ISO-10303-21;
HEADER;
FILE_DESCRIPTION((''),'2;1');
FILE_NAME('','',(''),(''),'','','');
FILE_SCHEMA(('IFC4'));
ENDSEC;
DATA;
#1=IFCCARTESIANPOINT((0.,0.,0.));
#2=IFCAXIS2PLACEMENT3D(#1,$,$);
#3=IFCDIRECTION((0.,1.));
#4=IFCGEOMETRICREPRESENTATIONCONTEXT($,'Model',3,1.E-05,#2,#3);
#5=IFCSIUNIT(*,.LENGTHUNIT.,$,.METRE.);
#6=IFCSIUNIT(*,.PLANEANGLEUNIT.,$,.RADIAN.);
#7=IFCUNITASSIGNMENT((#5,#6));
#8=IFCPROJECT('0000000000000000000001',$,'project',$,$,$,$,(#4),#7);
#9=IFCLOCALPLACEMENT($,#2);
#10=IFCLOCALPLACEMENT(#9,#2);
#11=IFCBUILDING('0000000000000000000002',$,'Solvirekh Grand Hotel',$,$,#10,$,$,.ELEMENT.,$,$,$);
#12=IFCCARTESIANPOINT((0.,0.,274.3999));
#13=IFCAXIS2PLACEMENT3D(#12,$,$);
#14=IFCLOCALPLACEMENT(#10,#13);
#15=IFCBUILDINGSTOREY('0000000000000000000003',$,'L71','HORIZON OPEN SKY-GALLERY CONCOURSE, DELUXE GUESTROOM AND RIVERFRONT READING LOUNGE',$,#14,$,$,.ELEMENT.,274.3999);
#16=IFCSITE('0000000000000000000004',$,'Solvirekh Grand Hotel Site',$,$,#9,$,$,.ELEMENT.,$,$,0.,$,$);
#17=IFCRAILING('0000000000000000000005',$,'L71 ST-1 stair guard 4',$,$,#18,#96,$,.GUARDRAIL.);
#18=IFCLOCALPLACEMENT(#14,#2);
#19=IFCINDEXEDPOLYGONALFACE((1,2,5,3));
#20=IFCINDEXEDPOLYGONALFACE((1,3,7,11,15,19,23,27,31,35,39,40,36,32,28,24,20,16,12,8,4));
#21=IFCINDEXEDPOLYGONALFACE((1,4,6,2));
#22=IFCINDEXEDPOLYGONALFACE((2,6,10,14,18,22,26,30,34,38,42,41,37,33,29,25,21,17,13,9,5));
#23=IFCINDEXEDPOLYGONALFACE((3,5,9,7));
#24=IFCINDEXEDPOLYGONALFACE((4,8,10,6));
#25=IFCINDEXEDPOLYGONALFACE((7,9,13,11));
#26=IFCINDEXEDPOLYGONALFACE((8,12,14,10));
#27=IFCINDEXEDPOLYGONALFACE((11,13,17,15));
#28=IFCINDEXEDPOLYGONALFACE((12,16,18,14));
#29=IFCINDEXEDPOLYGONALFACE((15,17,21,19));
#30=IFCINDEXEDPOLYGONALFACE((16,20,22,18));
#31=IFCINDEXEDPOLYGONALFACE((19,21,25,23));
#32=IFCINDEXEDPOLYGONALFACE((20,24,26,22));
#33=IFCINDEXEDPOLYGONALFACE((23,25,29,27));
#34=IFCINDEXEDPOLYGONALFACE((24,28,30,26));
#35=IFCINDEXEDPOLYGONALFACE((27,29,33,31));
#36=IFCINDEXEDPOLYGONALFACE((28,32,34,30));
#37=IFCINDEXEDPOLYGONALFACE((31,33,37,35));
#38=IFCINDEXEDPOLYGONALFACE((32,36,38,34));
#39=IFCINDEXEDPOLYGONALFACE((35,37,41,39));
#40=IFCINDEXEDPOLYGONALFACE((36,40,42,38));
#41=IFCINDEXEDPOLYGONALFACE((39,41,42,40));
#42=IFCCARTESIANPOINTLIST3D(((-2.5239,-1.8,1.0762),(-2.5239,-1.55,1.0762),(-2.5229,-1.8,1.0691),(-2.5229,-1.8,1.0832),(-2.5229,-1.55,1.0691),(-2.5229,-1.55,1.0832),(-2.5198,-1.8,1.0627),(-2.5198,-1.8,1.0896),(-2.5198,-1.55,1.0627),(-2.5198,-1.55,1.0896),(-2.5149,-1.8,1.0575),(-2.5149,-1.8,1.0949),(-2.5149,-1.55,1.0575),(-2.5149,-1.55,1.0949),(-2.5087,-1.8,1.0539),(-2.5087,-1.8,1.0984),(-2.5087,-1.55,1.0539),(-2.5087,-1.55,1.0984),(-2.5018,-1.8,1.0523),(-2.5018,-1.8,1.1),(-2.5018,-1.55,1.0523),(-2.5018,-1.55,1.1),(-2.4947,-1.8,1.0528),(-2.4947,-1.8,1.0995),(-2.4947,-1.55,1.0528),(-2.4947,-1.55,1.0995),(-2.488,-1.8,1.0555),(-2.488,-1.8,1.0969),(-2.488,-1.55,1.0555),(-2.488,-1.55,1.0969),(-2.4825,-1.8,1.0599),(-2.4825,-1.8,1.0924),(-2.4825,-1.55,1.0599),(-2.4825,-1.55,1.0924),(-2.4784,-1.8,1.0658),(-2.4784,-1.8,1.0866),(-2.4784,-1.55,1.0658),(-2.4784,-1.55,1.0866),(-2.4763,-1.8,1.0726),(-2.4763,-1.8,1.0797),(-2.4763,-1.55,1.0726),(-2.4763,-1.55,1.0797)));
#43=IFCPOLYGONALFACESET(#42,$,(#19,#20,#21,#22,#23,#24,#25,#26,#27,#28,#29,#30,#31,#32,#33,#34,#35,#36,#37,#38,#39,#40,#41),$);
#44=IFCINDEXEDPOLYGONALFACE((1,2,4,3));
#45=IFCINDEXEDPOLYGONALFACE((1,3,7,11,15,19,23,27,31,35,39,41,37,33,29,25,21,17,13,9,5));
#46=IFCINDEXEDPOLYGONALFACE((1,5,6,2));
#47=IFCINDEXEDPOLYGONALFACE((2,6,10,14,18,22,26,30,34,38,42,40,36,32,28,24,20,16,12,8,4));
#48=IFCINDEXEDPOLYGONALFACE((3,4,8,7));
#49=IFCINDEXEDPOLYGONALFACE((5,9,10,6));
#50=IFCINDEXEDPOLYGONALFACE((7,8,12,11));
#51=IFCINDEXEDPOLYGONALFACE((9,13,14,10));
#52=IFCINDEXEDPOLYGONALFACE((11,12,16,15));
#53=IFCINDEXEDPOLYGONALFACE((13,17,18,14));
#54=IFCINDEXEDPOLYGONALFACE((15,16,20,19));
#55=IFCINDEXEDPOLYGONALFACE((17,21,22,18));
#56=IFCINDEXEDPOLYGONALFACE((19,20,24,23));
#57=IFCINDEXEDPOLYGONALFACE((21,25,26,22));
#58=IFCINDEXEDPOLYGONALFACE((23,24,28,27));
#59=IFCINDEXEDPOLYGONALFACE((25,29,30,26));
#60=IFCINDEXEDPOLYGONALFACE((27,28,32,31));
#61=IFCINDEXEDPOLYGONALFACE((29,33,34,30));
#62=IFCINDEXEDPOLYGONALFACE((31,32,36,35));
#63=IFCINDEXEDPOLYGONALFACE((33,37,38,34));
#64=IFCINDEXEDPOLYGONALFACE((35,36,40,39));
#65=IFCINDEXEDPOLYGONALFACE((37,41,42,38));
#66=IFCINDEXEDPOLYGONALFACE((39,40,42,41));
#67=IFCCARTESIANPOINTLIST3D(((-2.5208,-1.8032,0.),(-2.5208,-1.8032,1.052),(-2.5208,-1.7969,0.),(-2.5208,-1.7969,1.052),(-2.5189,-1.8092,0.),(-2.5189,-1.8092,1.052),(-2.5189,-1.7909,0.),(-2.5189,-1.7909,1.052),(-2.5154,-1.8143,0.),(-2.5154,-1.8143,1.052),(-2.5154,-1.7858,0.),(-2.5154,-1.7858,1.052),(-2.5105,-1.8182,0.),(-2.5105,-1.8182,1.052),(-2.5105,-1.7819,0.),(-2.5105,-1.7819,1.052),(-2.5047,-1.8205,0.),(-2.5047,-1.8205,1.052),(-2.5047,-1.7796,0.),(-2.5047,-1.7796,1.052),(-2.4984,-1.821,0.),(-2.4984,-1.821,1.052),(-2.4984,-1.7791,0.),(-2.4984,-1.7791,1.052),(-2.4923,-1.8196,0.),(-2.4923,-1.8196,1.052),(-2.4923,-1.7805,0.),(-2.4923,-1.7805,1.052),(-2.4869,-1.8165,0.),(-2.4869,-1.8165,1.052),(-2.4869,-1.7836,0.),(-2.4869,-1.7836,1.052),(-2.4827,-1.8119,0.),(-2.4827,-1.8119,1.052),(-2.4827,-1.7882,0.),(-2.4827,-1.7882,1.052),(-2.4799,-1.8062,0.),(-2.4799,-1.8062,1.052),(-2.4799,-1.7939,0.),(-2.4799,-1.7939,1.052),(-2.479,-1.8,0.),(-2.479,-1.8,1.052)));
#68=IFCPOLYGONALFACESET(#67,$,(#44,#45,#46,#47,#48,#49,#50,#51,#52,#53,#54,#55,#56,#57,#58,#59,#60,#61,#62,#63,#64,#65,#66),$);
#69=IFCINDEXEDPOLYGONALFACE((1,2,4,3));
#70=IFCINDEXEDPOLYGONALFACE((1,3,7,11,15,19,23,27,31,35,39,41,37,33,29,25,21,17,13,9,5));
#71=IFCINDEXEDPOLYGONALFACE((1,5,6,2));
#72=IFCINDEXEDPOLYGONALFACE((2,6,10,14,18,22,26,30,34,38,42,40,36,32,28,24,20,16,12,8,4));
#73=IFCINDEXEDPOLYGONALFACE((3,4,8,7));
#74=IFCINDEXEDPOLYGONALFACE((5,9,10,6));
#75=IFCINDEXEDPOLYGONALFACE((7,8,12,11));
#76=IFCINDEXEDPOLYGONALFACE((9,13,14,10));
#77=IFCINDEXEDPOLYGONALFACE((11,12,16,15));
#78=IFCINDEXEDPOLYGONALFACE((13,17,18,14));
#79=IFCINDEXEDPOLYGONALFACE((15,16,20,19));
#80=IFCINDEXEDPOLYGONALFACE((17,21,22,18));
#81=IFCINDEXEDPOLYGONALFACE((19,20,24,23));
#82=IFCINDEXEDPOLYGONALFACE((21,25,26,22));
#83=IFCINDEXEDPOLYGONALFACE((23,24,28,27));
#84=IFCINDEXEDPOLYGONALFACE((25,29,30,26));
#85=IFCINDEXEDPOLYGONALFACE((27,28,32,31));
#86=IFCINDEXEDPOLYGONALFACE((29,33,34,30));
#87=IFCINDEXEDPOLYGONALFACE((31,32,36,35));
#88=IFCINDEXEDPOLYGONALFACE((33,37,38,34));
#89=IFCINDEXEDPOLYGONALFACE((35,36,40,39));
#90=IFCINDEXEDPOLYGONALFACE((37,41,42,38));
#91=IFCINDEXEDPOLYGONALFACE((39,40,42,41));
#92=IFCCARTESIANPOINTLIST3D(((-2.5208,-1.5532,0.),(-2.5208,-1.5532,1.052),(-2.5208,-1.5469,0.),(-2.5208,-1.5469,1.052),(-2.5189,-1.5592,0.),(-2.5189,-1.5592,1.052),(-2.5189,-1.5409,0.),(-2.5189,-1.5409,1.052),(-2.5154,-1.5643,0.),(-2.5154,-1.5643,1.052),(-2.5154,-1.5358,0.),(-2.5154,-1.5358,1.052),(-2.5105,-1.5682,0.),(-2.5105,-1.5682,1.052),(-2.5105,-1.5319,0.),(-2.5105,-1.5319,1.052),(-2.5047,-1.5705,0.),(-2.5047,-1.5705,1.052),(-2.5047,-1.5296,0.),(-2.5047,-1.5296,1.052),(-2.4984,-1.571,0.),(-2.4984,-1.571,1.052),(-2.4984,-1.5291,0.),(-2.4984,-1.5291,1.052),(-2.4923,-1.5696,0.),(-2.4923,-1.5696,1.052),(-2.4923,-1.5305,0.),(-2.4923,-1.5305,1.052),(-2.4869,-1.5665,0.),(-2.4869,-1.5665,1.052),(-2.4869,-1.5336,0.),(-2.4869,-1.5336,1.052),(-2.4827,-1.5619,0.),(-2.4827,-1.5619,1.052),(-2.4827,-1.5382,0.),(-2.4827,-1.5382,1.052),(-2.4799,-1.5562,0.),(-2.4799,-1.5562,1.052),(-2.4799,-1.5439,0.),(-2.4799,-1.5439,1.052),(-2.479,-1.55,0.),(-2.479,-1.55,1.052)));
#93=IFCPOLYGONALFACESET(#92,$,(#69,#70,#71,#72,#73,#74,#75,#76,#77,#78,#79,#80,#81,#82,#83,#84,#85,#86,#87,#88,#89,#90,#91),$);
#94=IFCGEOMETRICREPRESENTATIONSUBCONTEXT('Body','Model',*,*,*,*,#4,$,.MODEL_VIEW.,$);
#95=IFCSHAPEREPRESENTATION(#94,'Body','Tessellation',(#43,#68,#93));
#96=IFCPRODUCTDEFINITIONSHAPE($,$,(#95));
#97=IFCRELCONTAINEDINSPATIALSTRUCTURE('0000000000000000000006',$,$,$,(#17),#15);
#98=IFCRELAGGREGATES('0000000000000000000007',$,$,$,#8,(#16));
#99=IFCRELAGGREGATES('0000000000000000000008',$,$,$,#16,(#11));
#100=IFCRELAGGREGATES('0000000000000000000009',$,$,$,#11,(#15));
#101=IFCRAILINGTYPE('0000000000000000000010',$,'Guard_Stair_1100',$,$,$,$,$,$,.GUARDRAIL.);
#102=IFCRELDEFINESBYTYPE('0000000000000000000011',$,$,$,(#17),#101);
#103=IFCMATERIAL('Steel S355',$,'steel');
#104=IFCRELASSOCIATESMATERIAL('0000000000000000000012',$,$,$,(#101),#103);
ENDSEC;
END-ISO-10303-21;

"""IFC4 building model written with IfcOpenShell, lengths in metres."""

from ifc_helpers import new_model, si_unit, direction, frame, origin, origin_2d, place, context, subcontext, project, spatial, circle, extrude, material, type_object, element, save


model = new_model("IFC4")

# Units and contexts
model_context = context("Model", 3, precision=1e-05, world=origin(), true_north=direction((0.0, 1.0)))
body_context = subcontext(model_context, "Body", "Model", "MODEL_VIEW")
ifc_project = project(units=[si_unit("LENGTHUNIT", "METRE"), si_unit("PLANEANGLEUNIT", "RADIAN")], contexts=[model_context])

# Site, building, storey
site_placement = place(None, origin())
site = spatial("IfcSite", under=ifc_project, at=site_placement, Name="Solvirekh Grand Hotel Site", CompositionType="ELEMENT", RefElevation=0.0)
building_placement = place(site_placement, origin())
building = spatial("IfcBuilding", under=site, at=building_placement, Name="Solvirekh Grand Hotel", CompositionType="ELEMENT")
storey_placement = place(building_placement, frame((0.0, 0.0, 274.3999)))
storey = spatial("IfcBuildingStorey", under=building, at=storey_placement, Name="L71", Description="HORIZON OPEN SKY-GALLERY CONCOURSE, DELUXE GUESTROOM AND RIVERFRONT READING LOUNGE", CompositionType="ELEMENT", Elevation=274.3999)

# Shared definitions
ifc_material_1 = material(Name="Steel S355", Category="steel")

# Railing
railing_type_1 = type_object("IfcRailingType", Name="Guard_Stair_1100", PredefinedType="GUARDRAIL", material=ifc_material_1)
railing_1_placement = place(storey_placement, frame((-2.5, -1.8, 0.0)))
element("IfcRailing", 1, at=railing_1_placement, inside=storey, type_object=railing_type_1, Name="L71 ST-1 stair guard 4", PredefinedType="GUARDRAIL", context=body_context, shape_type="SweptSolid", body=[
    extrude(circle(Radius=0.0239, at=origin_2d()), frame((0.0, 0.0, 1.0762), z_axis=(0.0, 1.0, 0.0), x_axis=(-1.0, 0.0, 0.0)), (0.0, 0.0, 1.0), 0.25),
    extrude(circle(Radius=0.021, at=origin_2d()), origin(), (0.0, 0.0, 1.0), 1.052),
    extrude(circle(Radius=0.021, at=origin_2d()), frame((0.0, 0.25, 0.0)), (0.0, 0.0, 1.0), 1.052),
])

save(model, "model.ifc")
